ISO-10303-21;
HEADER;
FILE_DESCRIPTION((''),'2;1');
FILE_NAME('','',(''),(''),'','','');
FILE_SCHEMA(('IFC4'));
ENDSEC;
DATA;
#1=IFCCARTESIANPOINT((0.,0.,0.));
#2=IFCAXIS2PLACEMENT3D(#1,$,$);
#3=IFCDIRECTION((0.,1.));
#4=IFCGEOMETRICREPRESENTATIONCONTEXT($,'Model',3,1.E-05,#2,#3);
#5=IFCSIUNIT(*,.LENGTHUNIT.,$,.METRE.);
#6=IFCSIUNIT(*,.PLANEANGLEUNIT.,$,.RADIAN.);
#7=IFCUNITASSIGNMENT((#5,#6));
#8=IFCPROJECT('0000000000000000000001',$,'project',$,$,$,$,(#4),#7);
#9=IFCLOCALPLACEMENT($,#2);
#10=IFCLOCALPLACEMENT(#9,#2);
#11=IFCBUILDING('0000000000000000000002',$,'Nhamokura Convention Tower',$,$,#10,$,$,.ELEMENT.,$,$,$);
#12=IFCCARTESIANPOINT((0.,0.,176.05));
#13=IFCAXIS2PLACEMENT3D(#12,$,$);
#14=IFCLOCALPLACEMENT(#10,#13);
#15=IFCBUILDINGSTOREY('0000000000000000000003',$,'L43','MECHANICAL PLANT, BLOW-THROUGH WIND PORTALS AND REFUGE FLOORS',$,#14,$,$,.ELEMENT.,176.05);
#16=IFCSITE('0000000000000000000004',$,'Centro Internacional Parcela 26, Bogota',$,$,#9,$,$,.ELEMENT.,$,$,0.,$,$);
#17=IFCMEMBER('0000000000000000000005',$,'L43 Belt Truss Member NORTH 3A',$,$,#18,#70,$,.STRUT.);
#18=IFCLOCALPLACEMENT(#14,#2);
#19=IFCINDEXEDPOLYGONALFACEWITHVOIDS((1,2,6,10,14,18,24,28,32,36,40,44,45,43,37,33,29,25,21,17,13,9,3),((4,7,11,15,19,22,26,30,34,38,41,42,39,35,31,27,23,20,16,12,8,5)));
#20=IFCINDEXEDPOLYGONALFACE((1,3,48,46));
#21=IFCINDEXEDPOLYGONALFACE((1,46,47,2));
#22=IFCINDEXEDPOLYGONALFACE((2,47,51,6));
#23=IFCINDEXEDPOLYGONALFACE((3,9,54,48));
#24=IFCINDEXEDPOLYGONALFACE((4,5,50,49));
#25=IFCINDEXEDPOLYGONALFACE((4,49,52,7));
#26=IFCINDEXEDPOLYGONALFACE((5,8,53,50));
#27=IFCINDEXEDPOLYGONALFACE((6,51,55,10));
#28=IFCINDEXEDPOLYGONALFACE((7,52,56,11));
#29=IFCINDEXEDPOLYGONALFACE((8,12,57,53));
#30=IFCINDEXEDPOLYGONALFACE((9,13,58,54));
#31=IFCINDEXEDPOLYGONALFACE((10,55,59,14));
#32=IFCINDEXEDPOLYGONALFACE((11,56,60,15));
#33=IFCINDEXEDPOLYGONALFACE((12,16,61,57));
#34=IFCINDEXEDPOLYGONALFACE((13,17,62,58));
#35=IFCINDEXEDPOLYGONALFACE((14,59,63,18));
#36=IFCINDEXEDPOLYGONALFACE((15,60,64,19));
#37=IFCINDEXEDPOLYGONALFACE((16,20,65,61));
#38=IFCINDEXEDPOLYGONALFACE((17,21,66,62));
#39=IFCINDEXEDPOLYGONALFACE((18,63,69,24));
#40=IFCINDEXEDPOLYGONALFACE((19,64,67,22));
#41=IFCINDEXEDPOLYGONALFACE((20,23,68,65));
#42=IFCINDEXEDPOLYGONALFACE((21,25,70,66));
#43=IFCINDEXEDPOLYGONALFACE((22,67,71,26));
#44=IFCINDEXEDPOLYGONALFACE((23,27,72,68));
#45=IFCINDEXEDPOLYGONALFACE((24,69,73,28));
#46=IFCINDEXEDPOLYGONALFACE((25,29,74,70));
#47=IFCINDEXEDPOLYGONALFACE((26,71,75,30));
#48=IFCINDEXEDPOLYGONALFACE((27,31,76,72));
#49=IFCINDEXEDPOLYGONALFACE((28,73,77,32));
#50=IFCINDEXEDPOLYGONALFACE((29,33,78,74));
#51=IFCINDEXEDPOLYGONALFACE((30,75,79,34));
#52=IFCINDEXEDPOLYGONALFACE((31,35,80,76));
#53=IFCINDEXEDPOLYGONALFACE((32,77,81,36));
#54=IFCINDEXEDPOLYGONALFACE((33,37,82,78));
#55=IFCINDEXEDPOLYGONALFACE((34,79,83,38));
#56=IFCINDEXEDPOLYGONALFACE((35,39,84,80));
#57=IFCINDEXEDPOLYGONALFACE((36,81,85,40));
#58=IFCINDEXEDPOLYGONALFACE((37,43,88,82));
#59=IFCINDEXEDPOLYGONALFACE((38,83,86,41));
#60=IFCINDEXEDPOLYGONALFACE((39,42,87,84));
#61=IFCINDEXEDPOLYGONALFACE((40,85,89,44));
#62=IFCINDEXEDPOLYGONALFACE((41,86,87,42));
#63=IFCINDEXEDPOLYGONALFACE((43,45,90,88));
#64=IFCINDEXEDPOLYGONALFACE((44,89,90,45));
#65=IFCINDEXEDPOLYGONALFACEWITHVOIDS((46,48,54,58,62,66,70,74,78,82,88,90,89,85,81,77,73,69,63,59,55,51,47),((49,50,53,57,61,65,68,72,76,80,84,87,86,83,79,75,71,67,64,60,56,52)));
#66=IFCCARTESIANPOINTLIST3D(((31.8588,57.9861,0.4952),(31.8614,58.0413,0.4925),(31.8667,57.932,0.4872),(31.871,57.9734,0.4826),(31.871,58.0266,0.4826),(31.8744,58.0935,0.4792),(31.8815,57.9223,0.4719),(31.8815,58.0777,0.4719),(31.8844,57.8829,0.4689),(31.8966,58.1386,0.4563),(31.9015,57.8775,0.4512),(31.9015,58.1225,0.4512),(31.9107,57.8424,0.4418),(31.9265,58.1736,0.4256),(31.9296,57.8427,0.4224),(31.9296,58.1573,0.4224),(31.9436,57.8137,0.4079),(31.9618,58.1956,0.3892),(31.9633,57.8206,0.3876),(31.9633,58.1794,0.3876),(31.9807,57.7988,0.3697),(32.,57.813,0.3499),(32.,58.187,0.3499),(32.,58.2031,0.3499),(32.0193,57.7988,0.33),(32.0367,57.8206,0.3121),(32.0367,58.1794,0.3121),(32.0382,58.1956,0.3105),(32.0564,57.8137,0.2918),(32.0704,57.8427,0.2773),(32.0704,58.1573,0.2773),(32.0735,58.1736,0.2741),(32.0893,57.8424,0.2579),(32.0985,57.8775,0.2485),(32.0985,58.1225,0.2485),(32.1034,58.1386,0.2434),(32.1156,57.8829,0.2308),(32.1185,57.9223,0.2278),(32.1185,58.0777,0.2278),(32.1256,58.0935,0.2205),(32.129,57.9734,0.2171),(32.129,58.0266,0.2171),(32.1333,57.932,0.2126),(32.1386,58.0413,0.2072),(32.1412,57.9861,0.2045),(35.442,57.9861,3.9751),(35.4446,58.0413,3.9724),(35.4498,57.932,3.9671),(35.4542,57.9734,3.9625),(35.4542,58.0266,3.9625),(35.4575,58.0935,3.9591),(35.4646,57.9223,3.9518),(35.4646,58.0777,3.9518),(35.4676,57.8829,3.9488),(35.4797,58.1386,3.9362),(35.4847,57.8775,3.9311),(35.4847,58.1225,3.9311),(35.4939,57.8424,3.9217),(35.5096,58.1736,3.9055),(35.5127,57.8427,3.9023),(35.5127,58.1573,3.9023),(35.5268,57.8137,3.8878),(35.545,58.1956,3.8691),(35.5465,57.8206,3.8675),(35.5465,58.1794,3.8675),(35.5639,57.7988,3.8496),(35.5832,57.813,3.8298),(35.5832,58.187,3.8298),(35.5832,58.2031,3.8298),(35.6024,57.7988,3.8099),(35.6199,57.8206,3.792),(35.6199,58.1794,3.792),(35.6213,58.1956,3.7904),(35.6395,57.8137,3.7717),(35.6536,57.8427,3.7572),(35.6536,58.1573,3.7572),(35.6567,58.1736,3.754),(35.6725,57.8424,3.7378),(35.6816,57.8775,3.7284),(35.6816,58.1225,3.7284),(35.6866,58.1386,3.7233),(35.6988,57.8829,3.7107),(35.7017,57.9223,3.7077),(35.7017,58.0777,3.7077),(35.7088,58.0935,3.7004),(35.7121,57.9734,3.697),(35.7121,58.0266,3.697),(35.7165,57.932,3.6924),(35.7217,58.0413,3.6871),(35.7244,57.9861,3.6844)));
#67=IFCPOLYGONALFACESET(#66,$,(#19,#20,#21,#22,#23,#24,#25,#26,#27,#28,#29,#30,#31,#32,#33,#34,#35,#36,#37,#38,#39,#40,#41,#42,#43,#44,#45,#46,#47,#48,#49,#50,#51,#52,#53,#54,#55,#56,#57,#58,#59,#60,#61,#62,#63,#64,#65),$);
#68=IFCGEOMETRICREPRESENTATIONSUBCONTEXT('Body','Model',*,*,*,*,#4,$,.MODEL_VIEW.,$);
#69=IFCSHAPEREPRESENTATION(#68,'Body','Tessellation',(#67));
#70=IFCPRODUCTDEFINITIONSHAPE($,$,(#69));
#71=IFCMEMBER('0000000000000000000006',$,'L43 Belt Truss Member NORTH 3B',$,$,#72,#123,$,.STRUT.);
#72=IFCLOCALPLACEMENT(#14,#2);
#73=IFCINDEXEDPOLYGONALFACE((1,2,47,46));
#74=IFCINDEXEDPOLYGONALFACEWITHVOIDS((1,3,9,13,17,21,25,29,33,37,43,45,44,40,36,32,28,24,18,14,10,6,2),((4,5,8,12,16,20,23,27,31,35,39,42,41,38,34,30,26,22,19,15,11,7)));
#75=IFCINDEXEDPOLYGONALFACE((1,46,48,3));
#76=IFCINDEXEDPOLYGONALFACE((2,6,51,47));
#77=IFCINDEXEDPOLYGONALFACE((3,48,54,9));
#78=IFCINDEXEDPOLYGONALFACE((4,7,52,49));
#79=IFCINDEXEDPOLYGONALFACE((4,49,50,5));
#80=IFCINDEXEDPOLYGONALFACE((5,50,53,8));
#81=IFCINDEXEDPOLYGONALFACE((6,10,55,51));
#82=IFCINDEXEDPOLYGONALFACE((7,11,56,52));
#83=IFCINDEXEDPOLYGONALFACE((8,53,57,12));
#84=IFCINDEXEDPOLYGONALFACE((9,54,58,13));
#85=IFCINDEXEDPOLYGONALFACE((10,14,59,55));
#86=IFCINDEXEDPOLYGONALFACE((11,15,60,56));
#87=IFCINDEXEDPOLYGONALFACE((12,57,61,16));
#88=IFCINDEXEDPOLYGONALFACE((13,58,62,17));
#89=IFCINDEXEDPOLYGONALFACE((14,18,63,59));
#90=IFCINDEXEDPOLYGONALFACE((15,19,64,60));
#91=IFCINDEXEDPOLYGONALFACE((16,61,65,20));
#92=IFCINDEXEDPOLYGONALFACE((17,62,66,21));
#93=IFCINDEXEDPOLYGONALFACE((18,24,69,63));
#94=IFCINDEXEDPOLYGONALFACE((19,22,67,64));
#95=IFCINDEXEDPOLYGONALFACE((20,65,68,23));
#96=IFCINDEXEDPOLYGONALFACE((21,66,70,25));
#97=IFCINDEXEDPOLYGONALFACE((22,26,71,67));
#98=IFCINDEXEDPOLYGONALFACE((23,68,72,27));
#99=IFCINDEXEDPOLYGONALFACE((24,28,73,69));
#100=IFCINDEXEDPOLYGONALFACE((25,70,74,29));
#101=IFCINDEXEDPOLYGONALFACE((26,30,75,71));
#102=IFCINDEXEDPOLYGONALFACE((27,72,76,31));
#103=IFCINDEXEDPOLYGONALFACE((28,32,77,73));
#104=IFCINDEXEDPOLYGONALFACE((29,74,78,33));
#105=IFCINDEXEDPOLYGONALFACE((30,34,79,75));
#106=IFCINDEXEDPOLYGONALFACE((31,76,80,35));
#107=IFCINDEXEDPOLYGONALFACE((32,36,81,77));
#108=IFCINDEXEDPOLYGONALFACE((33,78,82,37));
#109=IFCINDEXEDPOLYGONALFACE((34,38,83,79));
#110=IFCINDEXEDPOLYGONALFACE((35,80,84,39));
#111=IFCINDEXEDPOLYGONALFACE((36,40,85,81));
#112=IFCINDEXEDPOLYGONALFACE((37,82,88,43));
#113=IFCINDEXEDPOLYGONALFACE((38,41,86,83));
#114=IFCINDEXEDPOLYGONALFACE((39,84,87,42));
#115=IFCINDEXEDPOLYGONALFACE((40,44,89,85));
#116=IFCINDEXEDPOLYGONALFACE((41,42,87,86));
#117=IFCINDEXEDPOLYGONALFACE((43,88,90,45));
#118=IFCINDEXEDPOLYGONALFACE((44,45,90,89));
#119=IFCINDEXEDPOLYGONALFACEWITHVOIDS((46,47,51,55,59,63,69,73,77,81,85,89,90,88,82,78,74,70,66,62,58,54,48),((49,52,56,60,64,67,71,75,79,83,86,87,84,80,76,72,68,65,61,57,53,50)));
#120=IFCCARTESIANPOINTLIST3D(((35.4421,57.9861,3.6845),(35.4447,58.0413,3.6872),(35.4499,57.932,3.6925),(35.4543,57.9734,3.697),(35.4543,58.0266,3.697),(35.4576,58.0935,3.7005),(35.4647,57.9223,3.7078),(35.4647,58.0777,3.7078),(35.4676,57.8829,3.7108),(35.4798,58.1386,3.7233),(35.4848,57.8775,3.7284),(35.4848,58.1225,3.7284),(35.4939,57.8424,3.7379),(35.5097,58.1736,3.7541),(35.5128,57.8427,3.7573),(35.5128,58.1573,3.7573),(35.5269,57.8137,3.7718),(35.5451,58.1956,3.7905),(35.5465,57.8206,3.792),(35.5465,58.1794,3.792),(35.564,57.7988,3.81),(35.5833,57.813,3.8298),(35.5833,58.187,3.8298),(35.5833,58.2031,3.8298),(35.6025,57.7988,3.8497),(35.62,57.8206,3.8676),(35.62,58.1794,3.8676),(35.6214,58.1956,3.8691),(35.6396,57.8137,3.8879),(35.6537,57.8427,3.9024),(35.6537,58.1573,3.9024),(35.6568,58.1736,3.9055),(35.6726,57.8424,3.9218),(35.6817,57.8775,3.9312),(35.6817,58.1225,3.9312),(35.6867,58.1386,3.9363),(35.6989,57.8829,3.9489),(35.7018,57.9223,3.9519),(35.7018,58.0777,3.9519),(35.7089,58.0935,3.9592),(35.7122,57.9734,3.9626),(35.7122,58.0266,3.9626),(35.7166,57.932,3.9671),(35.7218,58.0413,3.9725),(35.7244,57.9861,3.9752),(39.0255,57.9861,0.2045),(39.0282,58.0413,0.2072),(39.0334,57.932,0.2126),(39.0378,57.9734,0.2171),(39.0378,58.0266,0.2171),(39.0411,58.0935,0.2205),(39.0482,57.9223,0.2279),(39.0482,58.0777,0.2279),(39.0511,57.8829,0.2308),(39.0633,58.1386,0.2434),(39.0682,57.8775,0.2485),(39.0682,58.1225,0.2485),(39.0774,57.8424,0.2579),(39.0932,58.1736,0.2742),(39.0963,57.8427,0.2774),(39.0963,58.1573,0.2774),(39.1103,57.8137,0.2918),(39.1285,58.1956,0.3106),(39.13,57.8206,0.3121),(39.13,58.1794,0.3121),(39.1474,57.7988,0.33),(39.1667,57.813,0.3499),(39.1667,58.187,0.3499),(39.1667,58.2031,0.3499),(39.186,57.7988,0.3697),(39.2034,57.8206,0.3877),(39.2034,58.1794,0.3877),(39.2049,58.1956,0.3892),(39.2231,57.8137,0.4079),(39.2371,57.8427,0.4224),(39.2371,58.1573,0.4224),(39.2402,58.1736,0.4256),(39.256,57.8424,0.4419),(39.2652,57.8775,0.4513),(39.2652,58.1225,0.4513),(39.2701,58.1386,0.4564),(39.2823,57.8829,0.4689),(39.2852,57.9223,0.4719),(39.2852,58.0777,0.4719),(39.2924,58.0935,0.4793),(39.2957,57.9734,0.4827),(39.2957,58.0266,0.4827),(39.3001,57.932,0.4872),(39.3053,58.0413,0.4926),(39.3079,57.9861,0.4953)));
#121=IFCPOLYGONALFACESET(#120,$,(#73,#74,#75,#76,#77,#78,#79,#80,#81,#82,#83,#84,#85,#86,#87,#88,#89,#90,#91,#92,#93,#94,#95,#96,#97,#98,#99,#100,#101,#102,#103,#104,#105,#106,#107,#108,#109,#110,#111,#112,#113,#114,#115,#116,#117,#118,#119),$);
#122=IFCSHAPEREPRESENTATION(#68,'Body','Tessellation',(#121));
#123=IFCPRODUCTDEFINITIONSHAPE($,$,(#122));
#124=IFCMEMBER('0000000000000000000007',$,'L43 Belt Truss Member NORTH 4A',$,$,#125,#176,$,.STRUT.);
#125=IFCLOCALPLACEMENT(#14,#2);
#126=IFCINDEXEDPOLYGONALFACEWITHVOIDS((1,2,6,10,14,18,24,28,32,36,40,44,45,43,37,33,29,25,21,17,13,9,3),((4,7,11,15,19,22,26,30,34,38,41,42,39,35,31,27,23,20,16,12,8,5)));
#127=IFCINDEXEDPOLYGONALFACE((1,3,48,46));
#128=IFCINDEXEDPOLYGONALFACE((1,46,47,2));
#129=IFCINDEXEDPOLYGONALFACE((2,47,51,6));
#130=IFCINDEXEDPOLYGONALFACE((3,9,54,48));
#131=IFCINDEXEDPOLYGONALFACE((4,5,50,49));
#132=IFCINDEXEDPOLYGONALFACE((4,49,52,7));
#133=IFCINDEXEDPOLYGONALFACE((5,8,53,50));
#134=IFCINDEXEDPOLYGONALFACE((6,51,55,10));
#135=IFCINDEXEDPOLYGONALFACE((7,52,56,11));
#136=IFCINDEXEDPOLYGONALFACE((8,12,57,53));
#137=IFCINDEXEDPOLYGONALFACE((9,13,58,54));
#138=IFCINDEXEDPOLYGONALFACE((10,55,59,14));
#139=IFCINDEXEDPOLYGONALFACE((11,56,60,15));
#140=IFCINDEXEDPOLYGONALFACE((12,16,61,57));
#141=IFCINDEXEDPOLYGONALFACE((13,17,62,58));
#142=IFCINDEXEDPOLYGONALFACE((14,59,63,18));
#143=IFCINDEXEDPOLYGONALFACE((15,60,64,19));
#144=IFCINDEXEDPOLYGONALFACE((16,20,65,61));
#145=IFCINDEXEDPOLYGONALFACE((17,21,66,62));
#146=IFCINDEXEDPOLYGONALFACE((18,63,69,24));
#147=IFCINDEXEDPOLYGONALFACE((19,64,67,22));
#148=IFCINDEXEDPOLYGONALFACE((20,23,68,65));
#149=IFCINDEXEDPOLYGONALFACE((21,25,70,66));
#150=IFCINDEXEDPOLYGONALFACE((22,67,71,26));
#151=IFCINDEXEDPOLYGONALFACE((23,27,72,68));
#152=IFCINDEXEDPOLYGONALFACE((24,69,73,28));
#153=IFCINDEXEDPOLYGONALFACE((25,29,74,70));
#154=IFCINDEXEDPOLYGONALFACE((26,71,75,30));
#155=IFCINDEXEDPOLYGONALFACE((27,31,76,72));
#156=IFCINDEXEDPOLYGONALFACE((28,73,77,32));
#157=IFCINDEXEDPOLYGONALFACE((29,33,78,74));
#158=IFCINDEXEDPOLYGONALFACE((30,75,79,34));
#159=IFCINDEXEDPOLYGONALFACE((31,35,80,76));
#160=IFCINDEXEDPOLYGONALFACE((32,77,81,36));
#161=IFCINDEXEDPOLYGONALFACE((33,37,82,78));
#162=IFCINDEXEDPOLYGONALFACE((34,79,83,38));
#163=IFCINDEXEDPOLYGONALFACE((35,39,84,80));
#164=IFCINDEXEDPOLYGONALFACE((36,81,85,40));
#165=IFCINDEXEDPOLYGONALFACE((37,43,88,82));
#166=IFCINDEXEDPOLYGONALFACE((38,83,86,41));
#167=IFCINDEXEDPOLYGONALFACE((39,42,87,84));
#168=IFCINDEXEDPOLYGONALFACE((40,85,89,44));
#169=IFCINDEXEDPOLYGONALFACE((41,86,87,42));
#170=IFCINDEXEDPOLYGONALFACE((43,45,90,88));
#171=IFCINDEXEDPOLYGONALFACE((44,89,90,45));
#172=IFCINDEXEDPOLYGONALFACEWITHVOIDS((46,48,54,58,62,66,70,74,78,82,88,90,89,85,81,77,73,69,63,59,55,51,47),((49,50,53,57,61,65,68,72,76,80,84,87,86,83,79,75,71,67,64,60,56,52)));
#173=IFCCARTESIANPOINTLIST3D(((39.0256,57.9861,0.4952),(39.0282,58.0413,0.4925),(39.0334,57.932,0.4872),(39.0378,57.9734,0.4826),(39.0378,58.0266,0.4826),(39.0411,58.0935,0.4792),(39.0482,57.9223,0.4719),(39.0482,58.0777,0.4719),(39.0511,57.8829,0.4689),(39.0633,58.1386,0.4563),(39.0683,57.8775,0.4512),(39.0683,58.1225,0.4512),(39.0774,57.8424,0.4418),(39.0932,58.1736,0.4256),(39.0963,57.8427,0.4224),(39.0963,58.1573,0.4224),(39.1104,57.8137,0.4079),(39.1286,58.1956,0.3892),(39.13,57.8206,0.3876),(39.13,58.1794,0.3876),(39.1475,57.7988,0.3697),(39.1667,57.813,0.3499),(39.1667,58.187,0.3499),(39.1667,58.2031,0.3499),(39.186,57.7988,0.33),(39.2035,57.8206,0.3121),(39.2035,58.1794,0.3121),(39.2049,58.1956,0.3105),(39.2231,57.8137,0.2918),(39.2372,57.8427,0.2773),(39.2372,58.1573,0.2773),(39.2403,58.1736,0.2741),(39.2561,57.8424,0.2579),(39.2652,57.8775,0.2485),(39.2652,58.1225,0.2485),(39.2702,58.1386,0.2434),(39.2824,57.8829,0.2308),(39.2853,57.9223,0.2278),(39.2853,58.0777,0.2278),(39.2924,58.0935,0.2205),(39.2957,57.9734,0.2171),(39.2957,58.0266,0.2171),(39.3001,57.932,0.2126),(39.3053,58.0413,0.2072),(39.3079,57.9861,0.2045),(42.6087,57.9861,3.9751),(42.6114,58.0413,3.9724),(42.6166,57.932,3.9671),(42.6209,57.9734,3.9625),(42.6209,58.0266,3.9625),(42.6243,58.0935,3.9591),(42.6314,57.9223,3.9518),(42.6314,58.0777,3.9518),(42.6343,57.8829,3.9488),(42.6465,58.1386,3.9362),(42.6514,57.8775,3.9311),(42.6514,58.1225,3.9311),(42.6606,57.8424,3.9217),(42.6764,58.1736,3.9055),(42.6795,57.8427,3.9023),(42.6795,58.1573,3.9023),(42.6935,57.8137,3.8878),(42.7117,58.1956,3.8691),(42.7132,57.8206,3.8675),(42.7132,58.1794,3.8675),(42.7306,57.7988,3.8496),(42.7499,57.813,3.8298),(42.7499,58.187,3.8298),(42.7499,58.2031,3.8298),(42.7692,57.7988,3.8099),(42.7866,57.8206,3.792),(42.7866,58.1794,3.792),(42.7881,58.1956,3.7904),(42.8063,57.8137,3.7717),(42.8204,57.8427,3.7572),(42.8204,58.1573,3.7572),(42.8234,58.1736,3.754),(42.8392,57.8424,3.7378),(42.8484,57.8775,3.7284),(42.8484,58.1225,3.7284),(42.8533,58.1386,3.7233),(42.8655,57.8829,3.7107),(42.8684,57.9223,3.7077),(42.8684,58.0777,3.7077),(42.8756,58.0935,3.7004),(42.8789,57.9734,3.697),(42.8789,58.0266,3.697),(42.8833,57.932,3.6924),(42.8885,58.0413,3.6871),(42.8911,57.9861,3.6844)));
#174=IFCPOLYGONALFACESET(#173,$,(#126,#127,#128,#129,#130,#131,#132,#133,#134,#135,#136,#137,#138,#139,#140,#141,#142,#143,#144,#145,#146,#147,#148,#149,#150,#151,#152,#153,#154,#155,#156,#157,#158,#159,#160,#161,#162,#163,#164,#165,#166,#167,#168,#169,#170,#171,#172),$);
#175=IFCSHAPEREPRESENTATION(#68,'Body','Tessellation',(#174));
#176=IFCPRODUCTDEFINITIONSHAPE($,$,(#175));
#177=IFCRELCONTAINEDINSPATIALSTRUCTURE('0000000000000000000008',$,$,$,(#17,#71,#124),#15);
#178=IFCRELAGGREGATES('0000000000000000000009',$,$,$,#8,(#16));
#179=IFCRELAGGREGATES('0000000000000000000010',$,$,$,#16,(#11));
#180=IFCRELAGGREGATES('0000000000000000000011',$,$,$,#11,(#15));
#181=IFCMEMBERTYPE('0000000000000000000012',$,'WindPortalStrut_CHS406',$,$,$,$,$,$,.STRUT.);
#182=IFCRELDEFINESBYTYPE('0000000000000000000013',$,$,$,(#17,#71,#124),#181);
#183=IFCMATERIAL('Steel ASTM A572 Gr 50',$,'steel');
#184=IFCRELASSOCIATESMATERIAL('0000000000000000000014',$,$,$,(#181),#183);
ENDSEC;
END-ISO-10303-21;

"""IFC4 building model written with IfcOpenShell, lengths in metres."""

from ifc_helpers import new_model, si_unit, direction, frame, origin, origin_2d, place, context, subcontext, project, spatial, hollow_circle, extrude, material, material_profile, profile_set, type_object, element, save


model = new_model("IFC4")

# Units and contexts
model_context = context("Model", 3, precision=1e-05, world=origin(), true_north=direction((0.0, 1.0)))
body_context = subcontext(model_context, "Body", "Model", "MODEL_VIEW")
ifc_project = project(units=[si_unit("LENGTHUNIT", "METRE"), si_unit("PLANEANGLEUNIT", "RADIAN")], contexts=[model_context])

# Site, building, storey
site_placement = place(None, origin())
site = spatial("IfcSite", under=ifc_project, at=site_placement, Name="Centro Internacional Parcela 26, Bogota", CompositionType="ELEMENT", RefElevation=0.0)
building_placement = place(site_placement, origin())
building = spatial("IfcBuilding", under=site, at=building_placement, Name="Nhamokura Convention Tower", CompositionType="ELEMENT")
storey_placement = place(building_placement, frame((0.0, 0.0, 176.05)))
storey = spatial("IfcBuildingStorey", under=building, at=storey_placement, Name="L43", Description="MECHANICAL PLANT, BLOW-THROUGH WIND PORTALS AND REFUGE FLOORS", CompositionType="ELEMENT", Elevation=176.05)

# Members
ifc_material_1 = material(Name="Steel ASTM A572 Gr 50", Category="steel")
ifc_material_profile_1 = material_profile(ifc_material_1, hollow_circle(Radius=0.2031, WallThickness=0.0161, at=origin_2d()))
ifc_profile_set_1 = profile_set([ifc_material_profile_1], Name="Steel ASTM A572 Gr 50")
member_type = type_object("IfcMemberType", Name="WindPortalStrut_CHS406", PredefinedType="STRUT", material=ifc_profile_set_1)
member_1_placement = place(storey_placement, frame((32.0, 58.0, 0.3499), z_axis=(0.717369, 0.0, 0.696694), x_axis=(0.0, 1.0, 0.0)))
element("IfcMember", 1, at=member_1_placement, inside=storey, type_object=member_type, Name="L43 Belt Truss Member NORTH 3A", PredefinedType="STRUT", context=body_context, shape_type="SweptSolid", body=[
    extrude(hollow_circle(Radius=0.2031, WallThickness=0.0161, at=origin_2d()), origin(), (0.0, 0.0, 1.0), 4.9949),
])
member_2_placement = place(storey_placement, frame((35.5833, 58.0, 3.8298), z_axis=(0.717392, 0.0, -0.696669), x_axis=(0.0, 1.0, 0.0)))
element("IfcMember", 2, at=member_2_placement, inside=storey, type_object=member_type, Name="L43 Belt Truss Member NORTH 3B", PredefinedType="STRUT", context=body_context, shape_type="SweptSolid", body=[
    extrude(hollow_circle(Radius=0.2031, WallThickness=0.0161, at=origin_2d()), origin(), (0.0, 0.0, 1.0), 4.9951),
])
for number, where, z_axis, x_axis, name in (
    (3, (39.1667, 58.0, 0.3499), (0.717369, 0.0, 0.696694), (0.0, 1.0, 0.0), "L43 Belt Truss Member NORTH 4A"),
):
    element("IfcMember", number, at=place(storey_placement, frame(where, z_axis=z_axis, x_axis=x_axis)), inside=storey, type_object=member_type, Name=name, PredefinedType="STRUT", context=body_context, shape_type="SweptSolid", body=[
        extrude(hollow_circle(Radius=0.2031, WallThickness=0.0161, at=origin_2d()), origin(), (0.0, 0.0, 1.0), 4.9949),
    ])

save(model, "model.ifc")
